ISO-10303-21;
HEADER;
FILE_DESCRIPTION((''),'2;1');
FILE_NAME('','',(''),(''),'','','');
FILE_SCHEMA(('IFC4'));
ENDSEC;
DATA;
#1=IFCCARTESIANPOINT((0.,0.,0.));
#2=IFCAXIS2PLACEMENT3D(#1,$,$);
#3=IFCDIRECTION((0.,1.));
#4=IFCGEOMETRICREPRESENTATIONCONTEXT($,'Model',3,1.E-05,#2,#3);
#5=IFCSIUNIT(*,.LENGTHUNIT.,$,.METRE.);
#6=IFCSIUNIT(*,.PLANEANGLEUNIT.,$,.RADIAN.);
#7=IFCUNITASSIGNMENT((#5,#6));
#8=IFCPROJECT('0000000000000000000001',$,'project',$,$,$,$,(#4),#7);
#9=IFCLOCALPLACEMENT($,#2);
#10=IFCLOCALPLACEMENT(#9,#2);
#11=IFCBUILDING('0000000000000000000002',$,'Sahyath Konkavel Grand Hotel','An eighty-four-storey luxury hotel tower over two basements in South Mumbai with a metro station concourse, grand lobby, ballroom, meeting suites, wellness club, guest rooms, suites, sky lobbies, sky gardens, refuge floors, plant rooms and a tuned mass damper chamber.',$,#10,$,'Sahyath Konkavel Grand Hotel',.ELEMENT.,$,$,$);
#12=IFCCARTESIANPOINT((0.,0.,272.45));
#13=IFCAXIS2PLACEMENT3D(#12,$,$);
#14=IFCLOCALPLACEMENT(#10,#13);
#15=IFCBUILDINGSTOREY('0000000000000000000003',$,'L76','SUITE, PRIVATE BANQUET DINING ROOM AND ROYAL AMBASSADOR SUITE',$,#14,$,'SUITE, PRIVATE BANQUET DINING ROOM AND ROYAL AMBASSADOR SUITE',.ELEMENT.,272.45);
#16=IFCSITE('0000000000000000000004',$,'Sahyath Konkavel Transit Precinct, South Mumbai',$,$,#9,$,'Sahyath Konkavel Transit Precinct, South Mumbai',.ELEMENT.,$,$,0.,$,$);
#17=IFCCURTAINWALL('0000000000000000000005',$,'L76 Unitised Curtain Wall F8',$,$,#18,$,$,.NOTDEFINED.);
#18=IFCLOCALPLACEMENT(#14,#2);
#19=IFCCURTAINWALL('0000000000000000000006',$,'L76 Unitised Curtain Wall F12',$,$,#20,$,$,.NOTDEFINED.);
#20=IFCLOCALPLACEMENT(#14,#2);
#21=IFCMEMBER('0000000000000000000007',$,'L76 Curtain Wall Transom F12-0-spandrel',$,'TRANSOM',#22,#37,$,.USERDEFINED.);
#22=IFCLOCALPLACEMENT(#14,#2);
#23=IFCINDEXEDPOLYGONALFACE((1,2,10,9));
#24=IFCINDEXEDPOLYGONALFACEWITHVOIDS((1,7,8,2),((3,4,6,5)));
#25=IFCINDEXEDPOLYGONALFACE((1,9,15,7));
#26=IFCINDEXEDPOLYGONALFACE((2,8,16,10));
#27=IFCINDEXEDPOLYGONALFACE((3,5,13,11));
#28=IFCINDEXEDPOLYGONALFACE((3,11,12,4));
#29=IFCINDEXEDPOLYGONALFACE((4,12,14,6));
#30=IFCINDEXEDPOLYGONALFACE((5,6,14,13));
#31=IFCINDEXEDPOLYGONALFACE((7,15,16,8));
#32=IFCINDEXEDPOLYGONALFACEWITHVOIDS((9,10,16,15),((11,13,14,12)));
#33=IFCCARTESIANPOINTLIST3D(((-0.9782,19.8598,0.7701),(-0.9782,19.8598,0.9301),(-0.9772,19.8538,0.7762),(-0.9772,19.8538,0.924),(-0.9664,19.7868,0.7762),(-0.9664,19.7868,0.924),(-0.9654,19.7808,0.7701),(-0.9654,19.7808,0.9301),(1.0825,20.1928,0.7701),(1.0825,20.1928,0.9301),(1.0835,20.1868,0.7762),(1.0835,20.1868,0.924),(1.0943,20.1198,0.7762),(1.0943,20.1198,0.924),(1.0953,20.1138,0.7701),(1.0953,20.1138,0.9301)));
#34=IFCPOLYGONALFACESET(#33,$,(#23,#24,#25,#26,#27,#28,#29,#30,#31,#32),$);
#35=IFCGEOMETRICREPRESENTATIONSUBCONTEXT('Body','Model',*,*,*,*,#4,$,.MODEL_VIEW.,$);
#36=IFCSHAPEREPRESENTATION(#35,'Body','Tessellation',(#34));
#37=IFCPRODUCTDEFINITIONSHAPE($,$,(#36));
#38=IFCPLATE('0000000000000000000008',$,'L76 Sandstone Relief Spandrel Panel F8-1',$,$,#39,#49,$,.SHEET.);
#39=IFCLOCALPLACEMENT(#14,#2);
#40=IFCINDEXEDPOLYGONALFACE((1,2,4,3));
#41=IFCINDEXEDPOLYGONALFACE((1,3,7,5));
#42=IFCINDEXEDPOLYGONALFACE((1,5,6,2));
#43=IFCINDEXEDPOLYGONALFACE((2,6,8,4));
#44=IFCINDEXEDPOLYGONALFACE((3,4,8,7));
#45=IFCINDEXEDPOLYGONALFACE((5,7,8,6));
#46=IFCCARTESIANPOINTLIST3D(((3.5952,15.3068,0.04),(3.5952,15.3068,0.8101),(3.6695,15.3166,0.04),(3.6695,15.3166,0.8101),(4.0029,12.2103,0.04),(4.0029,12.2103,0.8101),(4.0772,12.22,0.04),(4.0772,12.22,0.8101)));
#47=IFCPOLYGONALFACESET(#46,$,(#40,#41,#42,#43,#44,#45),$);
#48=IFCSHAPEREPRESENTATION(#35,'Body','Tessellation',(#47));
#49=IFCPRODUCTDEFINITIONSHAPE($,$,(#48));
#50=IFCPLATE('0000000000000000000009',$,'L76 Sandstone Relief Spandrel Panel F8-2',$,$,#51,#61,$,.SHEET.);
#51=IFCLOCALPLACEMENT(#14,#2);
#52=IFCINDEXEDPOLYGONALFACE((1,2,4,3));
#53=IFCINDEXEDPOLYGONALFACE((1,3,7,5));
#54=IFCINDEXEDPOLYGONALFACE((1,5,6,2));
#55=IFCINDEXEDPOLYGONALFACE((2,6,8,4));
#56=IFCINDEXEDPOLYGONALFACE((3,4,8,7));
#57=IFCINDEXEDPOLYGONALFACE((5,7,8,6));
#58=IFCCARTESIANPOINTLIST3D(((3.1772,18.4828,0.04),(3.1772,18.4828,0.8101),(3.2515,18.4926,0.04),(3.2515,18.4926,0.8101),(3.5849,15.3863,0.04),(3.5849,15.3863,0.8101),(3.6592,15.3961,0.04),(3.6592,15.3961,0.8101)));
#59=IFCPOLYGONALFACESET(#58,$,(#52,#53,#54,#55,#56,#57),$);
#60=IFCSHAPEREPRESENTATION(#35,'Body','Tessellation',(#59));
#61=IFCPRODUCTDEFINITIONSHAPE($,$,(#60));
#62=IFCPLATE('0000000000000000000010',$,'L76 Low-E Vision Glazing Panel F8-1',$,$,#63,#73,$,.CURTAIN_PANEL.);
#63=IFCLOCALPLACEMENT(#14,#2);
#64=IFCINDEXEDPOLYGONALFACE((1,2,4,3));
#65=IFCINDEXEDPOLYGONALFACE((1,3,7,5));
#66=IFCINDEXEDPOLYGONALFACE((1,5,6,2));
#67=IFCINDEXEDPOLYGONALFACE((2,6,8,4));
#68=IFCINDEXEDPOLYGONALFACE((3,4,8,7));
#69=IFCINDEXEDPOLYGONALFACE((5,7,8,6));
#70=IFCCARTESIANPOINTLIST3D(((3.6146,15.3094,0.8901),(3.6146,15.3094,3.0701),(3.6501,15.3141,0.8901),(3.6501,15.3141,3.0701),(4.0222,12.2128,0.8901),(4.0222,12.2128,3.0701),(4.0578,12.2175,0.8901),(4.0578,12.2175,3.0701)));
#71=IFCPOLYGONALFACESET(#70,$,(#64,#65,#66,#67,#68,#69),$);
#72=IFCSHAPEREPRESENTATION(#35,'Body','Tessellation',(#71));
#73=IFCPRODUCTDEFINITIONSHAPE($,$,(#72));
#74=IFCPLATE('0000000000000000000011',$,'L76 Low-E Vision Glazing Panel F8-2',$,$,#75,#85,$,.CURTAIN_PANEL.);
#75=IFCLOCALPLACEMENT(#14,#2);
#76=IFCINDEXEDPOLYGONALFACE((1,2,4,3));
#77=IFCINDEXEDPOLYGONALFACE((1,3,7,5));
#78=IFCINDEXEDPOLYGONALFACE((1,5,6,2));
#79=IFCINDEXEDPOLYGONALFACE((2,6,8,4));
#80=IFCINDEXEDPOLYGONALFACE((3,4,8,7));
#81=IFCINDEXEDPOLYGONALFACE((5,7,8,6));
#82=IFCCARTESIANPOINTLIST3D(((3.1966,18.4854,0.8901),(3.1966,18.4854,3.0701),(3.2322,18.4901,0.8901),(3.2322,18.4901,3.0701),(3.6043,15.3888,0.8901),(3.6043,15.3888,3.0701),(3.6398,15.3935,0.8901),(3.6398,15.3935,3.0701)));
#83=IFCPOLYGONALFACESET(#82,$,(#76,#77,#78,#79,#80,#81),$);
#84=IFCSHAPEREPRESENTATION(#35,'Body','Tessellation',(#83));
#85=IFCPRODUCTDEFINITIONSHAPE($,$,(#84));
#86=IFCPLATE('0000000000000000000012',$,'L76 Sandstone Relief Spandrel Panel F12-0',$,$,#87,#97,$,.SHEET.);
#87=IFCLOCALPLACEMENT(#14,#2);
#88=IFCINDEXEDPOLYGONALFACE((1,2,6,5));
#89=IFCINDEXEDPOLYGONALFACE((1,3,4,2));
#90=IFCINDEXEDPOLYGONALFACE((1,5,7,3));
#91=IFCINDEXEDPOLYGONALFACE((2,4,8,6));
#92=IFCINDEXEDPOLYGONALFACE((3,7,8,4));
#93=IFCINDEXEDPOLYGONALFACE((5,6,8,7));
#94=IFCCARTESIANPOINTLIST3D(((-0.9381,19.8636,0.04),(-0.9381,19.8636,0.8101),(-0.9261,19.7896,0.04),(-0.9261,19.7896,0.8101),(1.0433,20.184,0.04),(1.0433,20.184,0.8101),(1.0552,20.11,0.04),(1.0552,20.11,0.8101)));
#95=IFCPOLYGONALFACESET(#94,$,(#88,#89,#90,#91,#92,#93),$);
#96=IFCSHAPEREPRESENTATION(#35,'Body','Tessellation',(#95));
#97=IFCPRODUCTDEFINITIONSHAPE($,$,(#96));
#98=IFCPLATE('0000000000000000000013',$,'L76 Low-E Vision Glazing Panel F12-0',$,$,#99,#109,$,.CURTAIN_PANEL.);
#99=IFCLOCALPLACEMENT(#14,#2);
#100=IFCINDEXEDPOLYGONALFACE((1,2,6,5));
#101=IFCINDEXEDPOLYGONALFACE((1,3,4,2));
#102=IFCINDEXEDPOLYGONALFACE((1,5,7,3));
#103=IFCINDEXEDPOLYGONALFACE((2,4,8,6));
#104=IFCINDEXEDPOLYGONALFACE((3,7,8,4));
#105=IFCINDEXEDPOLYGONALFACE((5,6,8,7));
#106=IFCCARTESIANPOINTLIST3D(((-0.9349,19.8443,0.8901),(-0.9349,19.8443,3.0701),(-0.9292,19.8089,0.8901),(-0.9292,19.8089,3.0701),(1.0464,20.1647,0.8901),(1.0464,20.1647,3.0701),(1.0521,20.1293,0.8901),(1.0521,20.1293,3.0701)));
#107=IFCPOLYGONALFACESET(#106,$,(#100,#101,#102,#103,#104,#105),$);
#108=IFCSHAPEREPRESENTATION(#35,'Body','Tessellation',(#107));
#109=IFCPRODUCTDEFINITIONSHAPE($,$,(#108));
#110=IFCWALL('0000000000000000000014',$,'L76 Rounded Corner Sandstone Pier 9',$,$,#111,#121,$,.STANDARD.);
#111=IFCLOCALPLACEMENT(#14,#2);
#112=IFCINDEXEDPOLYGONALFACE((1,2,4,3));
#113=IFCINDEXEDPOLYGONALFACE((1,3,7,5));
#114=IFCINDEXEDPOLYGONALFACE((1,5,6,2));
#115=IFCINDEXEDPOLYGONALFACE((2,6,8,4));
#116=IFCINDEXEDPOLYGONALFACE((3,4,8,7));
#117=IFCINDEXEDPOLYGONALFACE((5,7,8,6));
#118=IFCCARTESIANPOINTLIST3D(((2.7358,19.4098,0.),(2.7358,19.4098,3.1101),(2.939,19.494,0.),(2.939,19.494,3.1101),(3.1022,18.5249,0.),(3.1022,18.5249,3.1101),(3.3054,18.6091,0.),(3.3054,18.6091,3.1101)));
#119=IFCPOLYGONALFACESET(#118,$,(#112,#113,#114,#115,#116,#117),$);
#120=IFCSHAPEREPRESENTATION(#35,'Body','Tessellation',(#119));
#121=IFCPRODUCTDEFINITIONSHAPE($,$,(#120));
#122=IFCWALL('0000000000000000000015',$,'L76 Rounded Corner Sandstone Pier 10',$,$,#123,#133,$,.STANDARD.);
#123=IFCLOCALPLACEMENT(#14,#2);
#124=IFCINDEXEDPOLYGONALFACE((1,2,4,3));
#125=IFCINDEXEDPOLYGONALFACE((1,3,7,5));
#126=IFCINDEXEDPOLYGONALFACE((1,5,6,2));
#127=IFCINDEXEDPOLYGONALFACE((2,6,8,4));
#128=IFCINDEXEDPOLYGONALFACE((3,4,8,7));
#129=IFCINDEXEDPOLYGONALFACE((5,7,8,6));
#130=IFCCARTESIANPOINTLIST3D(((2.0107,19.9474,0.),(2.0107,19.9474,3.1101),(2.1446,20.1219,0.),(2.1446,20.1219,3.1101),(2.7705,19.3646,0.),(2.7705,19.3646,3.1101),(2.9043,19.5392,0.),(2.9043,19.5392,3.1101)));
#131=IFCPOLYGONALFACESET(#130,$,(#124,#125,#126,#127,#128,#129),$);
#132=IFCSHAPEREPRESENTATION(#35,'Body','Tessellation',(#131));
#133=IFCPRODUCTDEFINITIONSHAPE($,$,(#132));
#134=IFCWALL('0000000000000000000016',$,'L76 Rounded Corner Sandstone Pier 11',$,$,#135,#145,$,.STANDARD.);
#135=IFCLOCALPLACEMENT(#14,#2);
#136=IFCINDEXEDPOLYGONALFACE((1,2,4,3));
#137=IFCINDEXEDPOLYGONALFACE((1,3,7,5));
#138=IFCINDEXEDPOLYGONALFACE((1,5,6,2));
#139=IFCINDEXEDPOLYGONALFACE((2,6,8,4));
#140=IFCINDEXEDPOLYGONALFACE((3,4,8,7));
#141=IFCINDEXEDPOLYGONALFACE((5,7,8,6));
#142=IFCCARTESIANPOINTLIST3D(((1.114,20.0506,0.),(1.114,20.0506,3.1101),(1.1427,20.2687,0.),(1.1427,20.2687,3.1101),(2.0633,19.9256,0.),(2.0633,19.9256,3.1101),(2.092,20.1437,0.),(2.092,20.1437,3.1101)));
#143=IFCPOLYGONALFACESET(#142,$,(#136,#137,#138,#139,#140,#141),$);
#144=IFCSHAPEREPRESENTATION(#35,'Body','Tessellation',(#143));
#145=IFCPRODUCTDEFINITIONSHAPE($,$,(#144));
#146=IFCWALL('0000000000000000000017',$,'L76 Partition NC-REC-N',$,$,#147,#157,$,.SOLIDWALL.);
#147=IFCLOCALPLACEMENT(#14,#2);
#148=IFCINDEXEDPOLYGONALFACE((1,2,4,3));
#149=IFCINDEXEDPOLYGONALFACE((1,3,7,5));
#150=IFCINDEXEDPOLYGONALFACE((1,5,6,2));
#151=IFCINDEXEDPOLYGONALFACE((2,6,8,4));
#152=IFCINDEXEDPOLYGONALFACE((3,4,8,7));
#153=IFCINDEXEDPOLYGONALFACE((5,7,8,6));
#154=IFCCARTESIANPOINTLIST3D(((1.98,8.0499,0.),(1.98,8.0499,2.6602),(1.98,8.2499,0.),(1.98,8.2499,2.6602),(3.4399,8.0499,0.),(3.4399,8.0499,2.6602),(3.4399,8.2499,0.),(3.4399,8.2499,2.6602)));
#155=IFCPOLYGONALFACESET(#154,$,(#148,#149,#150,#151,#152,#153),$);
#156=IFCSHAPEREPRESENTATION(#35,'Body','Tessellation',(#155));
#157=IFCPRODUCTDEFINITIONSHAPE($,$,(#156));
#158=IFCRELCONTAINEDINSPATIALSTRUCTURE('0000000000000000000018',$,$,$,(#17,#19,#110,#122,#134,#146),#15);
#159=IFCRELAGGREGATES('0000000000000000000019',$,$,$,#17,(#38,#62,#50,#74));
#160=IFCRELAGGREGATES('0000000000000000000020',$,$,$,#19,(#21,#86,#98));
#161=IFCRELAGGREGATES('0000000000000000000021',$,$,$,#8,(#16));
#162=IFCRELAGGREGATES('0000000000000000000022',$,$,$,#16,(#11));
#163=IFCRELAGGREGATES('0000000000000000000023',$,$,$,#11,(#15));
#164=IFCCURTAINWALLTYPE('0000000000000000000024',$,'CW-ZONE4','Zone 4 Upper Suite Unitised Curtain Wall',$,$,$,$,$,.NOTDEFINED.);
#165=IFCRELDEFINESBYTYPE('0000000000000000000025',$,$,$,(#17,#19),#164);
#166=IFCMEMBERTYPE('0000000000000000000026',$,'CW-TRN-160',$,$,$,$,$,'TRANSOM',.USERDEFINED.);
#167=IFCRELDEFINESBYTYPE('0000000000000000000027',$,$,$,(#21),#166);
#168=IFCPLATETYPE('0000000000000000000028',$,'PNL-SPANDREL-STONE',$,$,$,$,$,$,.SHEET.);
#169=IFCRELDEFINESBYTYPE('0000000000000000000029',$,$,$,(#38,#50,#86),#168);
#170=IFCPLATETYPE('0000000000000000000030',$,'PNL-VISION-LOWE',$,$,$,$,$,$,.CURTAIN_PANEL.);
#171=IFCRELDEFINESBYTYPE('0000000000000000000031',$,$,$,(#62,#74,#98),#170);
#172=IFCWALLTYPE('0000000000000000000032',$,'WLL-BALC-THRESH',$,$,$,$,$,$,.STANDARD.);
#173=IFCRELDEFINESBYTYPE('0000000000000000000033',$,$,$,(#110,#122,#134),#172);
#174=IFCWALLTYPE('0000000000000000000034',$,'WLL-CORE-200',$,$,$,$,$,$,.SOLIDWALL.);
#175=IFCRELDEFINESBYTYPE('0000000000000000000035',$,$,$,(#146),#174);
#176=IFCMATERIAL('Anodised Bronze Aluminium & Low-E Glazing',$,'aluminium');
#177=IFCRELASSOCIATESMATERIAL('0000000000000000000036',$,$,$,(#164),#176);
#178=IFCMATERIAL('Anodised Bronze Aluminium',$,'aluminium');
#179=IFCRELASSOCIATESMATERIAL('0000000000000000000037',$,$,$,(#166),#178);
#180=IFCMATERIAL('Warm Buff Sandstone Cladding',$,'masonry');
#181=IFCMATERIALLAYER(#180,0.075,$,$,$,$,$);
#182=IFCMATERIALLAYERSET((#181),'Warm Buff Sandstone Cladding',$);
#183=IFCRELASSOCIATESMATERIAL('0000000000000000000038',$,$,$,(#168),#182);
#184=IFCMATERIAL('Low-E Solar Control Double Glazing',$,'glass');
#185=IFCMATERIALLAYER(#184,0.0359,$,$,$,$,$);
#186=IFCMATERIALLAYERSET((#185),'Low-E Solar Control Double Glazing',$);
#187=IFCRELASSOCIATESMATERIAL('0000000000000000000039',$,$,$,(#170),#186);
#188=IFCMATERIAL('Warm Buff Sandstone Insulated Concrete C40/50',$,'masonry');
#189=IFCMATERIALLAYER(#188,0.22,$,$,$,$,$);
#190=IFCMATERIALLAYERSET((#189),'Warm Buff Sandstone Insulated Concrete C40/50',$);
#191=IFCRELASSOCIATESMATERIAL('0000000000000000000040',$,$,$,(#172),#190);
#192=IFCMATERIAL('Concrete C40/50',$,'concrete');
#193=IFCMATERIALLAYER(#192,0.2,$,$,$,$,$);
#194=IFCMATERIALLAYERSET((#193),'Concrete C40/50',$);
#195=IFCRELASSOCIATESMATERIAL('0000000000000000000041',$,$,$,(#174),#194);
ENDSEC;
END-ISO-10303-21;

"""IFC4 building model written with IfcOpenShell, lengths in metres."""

from ifc_helpers import new_model, si_unit, direction, frame, frame_2d, origin, origin_2d, place, context, subcontext, project, spatial, rectangle, hollow_rectangle, extrude, source, transform, mapped, material, layer, layer_set, material_profile, profile_set, type_object, element, aggregate, save


model = new_model("IFC4")

# Units and contexts
model_context = context("Model", 3, precision=1e-05, world=origin(), true_north=direction((0.0, 1.0)))
body_context = subcontext(model_context, "Body", "Model", "MODEL_VIEW")
ifc_project = project(units=[si_unit("LENGTHUNIT", "METRE"), si_unit("PLANEANGLEUNIT", "RADIAN")], contexts=[model_context])

# Site, building, storey
site_placement = place(None, origin())
site = spatial("IfcSite", under=ifc_project, at=site_placement, Name="Sahyath Konkavel Transit Precinct, South Mumbai", LongName="Sahyath Konkavel Transit Precinct, South Mumbai", CompositionType="ELEMENT", RefElevation=0.0)
building_placement = place(site_placement, origin())
building = spatial("IfcBuilding", under=site, at=building_placement, Name="Sahyath Konkavel Grand Hotel", Description="An eighty-four-storey luxury hotel tower over two basements in South Mumbai with a metro station concourse, grand lobby, ballroom, meeting suites, wellness club, guest rooms, suites, sky lobbies, sky gardens, refuge floors, plant rooms and a tuned mass damper chamber.", LongName="Sahyath Konkavel Grand Hotel", CompositionType="ELEMENT")
storey_placement = place(building_placement, frame((0.0, 0.0, 272.45)))
storey = spatial("IfcBuildingStorey", under=building, at=storey_placement, Name="L76", Description="SUITE, PRIVATE BANQUET DINING ROOM AND ROYAL AMBASSADOR SUITE", LongName="SUITE, PRIVATE BANQUET DINING ROOM AND ROYAL AMBASSADOR SUITE", CompositionType="ELEMENT", Elevation=272.45)

# Shared definitions
ifc_material_1 = material(Name="Concrete C40/50", Category="concrete")

# Curtain wall
ifc_material_2 = material(Name="Anodised Bronze Aluminium & Low-E Glazing", Category="aluminium")
curtain_wall_type = type_object("IfcCurtainWallType", Name="CW-ZONE4", Description="Zone 4 Upper Suite Unitised Curtain Wall", PredefinedType="NOTDEFINED", material=ifc_material_2)
curtain_wall_1_placement = place(storey_placement, origin())
curtain_wall_1 = element("IfcCurtainWall", 1, at=curtain_wall_1_placement, inside=storey, type_object=curtain_wall_type, Name="L76 Unitised Curtain Wall F8", PredefinedType="NOTDEFINED")
ifc_material_3 = material(Name="Anodised Bronze Aluminium", Category="aluminium")

# Curtain wall
curtain_wall_2_placement = place(storey_placement, origin())
curtain_wall_2 = element("IfcCurtainWall", 2, at=curtain_wall_2_placement, inside=storey, type_object=curtain_wall_type, Name="L76 Unitised Curtain Wall F12", PredefinedType="NOTDEFINED")

# Member
ifc_material_profile_1 = material_profile(ifc_material_3, hollow_rectangle(XDim=0.0801, YDim=0.1599, WallThickness=0.0061, at=origin_2d()), Name="RHS 160x80x6")
ifc_profile_set_1 = profile_set([ifc_material_profile_1], Name="Anodised Bronze Aluminium")
member_type_1 = type_object("IfcMemberType", Name="CW-TRN-160", ElementType="TRANSOM", PredefinedType="USERDEFINED", material=ifc_profile_set_1)
shared_shape_1 = source(origin(), body_context, "Body", "SweptSolid", [
    extrude(hollow_rectangle(XDim=0.0801, YDim=0.1599, WallThickness=0.0061, at=origin_2d()), origin(), (0.0, 0.0, 1.0), 2.0874),
])
member_1_placement = place(storey_placement, frame((1.0889, 20.1533, 0.8501), z_axis=(-0.987191, -0.159541, 0.0), x_axis=(0.159541, -0.987191, 0.0)))
member_1 = element("IfcMember", 3, at=member_1_placement, type_object=member_type_1, Name="L76 Curtain Wall Transom F12-0-spandrel", ObjectType="TRANSOM", PredefinedType="USERDEFINED", context=body_context, shape_type="MappedRepresentation", body=[
    mapped(shared_shape_1, transform((0.0, 0.0, 0.0), scale=1.0)),
])

# Plates
ifc_material_4 = material(Name="Warm Buff Sandstone Cladding", Category="masonry")
ifc_layer_1 = layer(ifc_material_4, 0.075)
ifc_layer_set_1 = layer_set([ifc_layer_1], Name="Warm Buff Sandstone Cladding")
plate_type_1 = type_object("IfcPlateType", Name="PNL-SPANDREL-STONE", PredefinedType="SHEET", material=ifc_layer_set_1)
shared_shape_2 = source(origin(), body_context, "Body", "SweptSolid", [
    extrude(rectangle(XDim=3.1233, YDim=0.075, at=origin_2d()), origin(), (0.0, 0.0, 1.0), 0.77),
])
plate_1_placement = place(storey_placement, frame((3.8362, 13.7634, 0.04), z_axis=(0.0, 0.0, 1.0), x_axis=(-0.130526, 0.991445, 0.0)))
plate_1 = element("IfcPlate", 4, at=plate_1_placement, type_object=plate_type_1, Name="L76 Sandstone Relief Spandrel Panel F8-1", PredefinedType="SHEET", context=body_context, shape_type="MappedRepresentation", body=[
    mapped(shared_shape_2, transform((0.0, 0.0, 0.0), scale=1.0)),
])
plate_2_placement = place(storey_placement, frame((3.4182, 16.9395, 0.04), z_axis=(0.0, 0.0, 1.0), x_axis=(-0.130526, 0.991445, 0.0)))
plate_2 = element("IfcPlate", 5, at=plate_2_placement, type_object=plate_type_1, Name="L76 Sandstone Relief Spandrel Panel F8-2", PredefinedType="SHEET", context=body_context, shape_type="MappedRepresentation", body=[
    mapped(shared_shape_2, transform((0.0, 0.0, 0.0), scale=1.0)),
])
ifc_material_5 = material(Name="Low-E Solar Control Double Glazing", Category="glass")
ifc_layer_2 = layer(ifc_material_5, 0.0359)
ifc_layer_set_2 = layer_set([ifc_layer_2], Name="Low-E Solar Control Double Glazing")
plate_type_2 = type_object("IfcPlateType", Name="PNL-VISION-LOWE", PredefinedType="CURTAIN_PANEL", material=ifc_layer_set_2)
shared_shape_3 = source(origin(), body_context, "Body", "SweptSolid", [
    extrude(rectangle(XDim=3.1233, YDim=0.0359, at=origin_2d()), origin(), (0.0, 0.0, 1.0), 2.1799),
])
plate_3_placement = place(storey_placement, frame((3.8362, 13.7634, 0.8901), z_axis=(0.0, 0.0, 1.0), x_axis=(-0.130526, 0.991445, 0.0)))
plate_3 = element("IfcPlate", 6, at=plate_3_placement, type_object=plate_type_2, Name="L76 Low-E Vision Glazing Panel F8-1", PredefinedType="CURTAIN_PANEL", context=body_context, shape_type="MappedRepresentation", body=[
    mapped(shared_shape_3, transform((0.0, 0.0, 0.0), scale=1.0)),
])
plate_4_placement = place(storey_placement, frame((3.4182, 16.9395, 0.8901), z_axis=(0.0, 0.0, 1.0), x_axis=(-0.130526, 0.991445, 0.0)))
plate_4 = element("IfcPlate", 7, at=plate_4_placement, type_object=plate_type_2, Name="L76 Low-E Vision Glazing Panel F8-2", PredefinedType="CURTAIN_PANEL", context=body_context, shape_type="MappedRepresentation", body=[
    mapped(shared_shape_3, transform((0.0, 0.0, 0.0), scale=1.0)),
])
aggregate(curtain_wall_1, [plate_1, plate_3, plate_2, plate_4])
shared_shape_4 = source(origin(), body_context, "Body", "SweptSolid", [
    extrude(rectangle(XDim=2.0071, YDim=0.075, at=origin_2d()), origin(), (0.0, 0.0, 1.0), 0.77),
])
plate_5_placement = place(storey_placement, frame((0.0586, 19.9868, 0.04), z_axis=(0.0, 0.0, 1.0), x_axis=(-0.987178, -0.159623, 0.0)))
plate_5 = element("IfcPlate", 8, at=plate_5_placement, type_object=plate_type_1, Name="L76 Sandstone Relief Spandrel Panel F12-0", PredefinedType="SHEET", context=body_context, shape_type="MappedRepresentation", body=[
    mapped(shared_shape_4, transform((0.0, 0.0, 0.0), scale=1.0)),
])
shared_shape_5 = source(origin(), body_context, "Body", "SweptSolid", [
    extrude(rectangle(XDim=2.0071, YDim=0.0359, at=origin_2d()), origin(), (0.0, 0.0, 1.0), 2.1799),
])
plate_6_placement = place(storey_placement, frame((0.0586, 19.9868, 0.8901), z_axis=(0.0, 0.0, 1.0), x_axis=(-0.987178, -0.159623, 0.0)))
plate_6 = element("IfcPlate", 9, at=plate_6_placement, type_object=plate_type_2, Name="L76 Low-E Vision Glazing Panel F12-0", PredefinedType="CURTAIN_PANEL", context=body_context, shape_type="MappedRepresentation", body=[
    mapped(shared_shape_5, transform((0.0, 0.0, 0.0), scale=1.0)),
])
aggregate(curtain_wall_2, [member_1, plate_5, plate_6])

# Walls
ifc_material_6 = material(Name="Warm Buff Sandstone Insulated Concrete C40/50", Category="masonry")
ifc_layer_3 = layer(ifc_material_6, 0.22)
ifc_layer_set_3 = layer_set([ifc_layer_3], Name="Warm Buff Sandstone Insulated Concrete C40/50")
wall_type_1 = type_object("IfcWallType", Name="WLL-BALC-THRESH", PredefinedType="STANDARD", material=ifc_layer_set_3)
wall_1_placement = place(storey_placement, frame((3.2039, 18.5669, 0.0), z_axis=(0.0, 0.0, 1.0), x_axis=(-0.382569, 0.923927, 0.0)))
element("IfcWall", 10, at=wall_1_placement, inside=storey, type_object=wall_type_1, Name="L76 Rounded Corner Sandstone Pier 9", PredefinedType="STANDARD", context=body_context, shape_type="SweptSolid", body=[
    extrude(rectangle(XDim=0.9578, YDim=0.22, at=frame_2d((0.479, 0.0))), origin(), (0.0, 0.0, 1.0), 3.1101),
])
for number, where, z_axis, x_axis, name in (
    (11, (2.8374, 19.4519, 0.0), (0.0, 0.0, 1.0), (-0.793467, 0.608614, 0.0), "L76 Rounded Corner Sandstone Pier 10"),
    (12, (2.0776, 20.0347, 0.0), (0.0, 0.0, 1.0), (-0.99144, 0.13056, 0.0), "L76 Rounded Corner Sandstone Pier 11"),
):
    element("IfcWall", number, at=place(storey_placement, frame(where, z_axis=z_axis, x_axis=x_axis)), inside=storey, type_object=wall_type_1, Name=name, PredefinedType="STANDARD", context=body_context, shape_type="SweptSolid", body=[
        extrude(rectangle(XDim=0.9575, YDim=0.22, at=frame_2d((0.4788, 0.0))), origin(), (0.0, 0.0, 1.0), 3.1101),
    ])
ifc_layer_4 = layer(ifc_material_1, 0.2)
ifc_layer_set_4 = layer_set([ifc_layer_4], Name="Concrete C40/50")
wall_type_2 = type_object("IfcWallType", Name="WLL-CORE-200", PredefinedType="SOLIDWALL", material=ifc_layer_set_4)
wall_2_placement = place(storey_placement, frame((1.98, 8.1499, 0.0), z_axis=(0.0, 0.0, 1.0), x_axis=(1.0, 0.0, 0.0)))
element("IfcWall", 13, at=wall_2_placement, inside=storey, type_object=wall_type_2, Name="L76 Partition NC-REC-N", PredefinedType="SOLIDWALL", context=body_context, shape_type="SweptSolid", body=[
    extrude(rectangle(XDim=1.46, YDim=0.2, at=frame_2d((0.73, 0.0))), origin(), (0.0, 0.0, 1.0), 2.6602),
])

save(model, "model.ifc")
